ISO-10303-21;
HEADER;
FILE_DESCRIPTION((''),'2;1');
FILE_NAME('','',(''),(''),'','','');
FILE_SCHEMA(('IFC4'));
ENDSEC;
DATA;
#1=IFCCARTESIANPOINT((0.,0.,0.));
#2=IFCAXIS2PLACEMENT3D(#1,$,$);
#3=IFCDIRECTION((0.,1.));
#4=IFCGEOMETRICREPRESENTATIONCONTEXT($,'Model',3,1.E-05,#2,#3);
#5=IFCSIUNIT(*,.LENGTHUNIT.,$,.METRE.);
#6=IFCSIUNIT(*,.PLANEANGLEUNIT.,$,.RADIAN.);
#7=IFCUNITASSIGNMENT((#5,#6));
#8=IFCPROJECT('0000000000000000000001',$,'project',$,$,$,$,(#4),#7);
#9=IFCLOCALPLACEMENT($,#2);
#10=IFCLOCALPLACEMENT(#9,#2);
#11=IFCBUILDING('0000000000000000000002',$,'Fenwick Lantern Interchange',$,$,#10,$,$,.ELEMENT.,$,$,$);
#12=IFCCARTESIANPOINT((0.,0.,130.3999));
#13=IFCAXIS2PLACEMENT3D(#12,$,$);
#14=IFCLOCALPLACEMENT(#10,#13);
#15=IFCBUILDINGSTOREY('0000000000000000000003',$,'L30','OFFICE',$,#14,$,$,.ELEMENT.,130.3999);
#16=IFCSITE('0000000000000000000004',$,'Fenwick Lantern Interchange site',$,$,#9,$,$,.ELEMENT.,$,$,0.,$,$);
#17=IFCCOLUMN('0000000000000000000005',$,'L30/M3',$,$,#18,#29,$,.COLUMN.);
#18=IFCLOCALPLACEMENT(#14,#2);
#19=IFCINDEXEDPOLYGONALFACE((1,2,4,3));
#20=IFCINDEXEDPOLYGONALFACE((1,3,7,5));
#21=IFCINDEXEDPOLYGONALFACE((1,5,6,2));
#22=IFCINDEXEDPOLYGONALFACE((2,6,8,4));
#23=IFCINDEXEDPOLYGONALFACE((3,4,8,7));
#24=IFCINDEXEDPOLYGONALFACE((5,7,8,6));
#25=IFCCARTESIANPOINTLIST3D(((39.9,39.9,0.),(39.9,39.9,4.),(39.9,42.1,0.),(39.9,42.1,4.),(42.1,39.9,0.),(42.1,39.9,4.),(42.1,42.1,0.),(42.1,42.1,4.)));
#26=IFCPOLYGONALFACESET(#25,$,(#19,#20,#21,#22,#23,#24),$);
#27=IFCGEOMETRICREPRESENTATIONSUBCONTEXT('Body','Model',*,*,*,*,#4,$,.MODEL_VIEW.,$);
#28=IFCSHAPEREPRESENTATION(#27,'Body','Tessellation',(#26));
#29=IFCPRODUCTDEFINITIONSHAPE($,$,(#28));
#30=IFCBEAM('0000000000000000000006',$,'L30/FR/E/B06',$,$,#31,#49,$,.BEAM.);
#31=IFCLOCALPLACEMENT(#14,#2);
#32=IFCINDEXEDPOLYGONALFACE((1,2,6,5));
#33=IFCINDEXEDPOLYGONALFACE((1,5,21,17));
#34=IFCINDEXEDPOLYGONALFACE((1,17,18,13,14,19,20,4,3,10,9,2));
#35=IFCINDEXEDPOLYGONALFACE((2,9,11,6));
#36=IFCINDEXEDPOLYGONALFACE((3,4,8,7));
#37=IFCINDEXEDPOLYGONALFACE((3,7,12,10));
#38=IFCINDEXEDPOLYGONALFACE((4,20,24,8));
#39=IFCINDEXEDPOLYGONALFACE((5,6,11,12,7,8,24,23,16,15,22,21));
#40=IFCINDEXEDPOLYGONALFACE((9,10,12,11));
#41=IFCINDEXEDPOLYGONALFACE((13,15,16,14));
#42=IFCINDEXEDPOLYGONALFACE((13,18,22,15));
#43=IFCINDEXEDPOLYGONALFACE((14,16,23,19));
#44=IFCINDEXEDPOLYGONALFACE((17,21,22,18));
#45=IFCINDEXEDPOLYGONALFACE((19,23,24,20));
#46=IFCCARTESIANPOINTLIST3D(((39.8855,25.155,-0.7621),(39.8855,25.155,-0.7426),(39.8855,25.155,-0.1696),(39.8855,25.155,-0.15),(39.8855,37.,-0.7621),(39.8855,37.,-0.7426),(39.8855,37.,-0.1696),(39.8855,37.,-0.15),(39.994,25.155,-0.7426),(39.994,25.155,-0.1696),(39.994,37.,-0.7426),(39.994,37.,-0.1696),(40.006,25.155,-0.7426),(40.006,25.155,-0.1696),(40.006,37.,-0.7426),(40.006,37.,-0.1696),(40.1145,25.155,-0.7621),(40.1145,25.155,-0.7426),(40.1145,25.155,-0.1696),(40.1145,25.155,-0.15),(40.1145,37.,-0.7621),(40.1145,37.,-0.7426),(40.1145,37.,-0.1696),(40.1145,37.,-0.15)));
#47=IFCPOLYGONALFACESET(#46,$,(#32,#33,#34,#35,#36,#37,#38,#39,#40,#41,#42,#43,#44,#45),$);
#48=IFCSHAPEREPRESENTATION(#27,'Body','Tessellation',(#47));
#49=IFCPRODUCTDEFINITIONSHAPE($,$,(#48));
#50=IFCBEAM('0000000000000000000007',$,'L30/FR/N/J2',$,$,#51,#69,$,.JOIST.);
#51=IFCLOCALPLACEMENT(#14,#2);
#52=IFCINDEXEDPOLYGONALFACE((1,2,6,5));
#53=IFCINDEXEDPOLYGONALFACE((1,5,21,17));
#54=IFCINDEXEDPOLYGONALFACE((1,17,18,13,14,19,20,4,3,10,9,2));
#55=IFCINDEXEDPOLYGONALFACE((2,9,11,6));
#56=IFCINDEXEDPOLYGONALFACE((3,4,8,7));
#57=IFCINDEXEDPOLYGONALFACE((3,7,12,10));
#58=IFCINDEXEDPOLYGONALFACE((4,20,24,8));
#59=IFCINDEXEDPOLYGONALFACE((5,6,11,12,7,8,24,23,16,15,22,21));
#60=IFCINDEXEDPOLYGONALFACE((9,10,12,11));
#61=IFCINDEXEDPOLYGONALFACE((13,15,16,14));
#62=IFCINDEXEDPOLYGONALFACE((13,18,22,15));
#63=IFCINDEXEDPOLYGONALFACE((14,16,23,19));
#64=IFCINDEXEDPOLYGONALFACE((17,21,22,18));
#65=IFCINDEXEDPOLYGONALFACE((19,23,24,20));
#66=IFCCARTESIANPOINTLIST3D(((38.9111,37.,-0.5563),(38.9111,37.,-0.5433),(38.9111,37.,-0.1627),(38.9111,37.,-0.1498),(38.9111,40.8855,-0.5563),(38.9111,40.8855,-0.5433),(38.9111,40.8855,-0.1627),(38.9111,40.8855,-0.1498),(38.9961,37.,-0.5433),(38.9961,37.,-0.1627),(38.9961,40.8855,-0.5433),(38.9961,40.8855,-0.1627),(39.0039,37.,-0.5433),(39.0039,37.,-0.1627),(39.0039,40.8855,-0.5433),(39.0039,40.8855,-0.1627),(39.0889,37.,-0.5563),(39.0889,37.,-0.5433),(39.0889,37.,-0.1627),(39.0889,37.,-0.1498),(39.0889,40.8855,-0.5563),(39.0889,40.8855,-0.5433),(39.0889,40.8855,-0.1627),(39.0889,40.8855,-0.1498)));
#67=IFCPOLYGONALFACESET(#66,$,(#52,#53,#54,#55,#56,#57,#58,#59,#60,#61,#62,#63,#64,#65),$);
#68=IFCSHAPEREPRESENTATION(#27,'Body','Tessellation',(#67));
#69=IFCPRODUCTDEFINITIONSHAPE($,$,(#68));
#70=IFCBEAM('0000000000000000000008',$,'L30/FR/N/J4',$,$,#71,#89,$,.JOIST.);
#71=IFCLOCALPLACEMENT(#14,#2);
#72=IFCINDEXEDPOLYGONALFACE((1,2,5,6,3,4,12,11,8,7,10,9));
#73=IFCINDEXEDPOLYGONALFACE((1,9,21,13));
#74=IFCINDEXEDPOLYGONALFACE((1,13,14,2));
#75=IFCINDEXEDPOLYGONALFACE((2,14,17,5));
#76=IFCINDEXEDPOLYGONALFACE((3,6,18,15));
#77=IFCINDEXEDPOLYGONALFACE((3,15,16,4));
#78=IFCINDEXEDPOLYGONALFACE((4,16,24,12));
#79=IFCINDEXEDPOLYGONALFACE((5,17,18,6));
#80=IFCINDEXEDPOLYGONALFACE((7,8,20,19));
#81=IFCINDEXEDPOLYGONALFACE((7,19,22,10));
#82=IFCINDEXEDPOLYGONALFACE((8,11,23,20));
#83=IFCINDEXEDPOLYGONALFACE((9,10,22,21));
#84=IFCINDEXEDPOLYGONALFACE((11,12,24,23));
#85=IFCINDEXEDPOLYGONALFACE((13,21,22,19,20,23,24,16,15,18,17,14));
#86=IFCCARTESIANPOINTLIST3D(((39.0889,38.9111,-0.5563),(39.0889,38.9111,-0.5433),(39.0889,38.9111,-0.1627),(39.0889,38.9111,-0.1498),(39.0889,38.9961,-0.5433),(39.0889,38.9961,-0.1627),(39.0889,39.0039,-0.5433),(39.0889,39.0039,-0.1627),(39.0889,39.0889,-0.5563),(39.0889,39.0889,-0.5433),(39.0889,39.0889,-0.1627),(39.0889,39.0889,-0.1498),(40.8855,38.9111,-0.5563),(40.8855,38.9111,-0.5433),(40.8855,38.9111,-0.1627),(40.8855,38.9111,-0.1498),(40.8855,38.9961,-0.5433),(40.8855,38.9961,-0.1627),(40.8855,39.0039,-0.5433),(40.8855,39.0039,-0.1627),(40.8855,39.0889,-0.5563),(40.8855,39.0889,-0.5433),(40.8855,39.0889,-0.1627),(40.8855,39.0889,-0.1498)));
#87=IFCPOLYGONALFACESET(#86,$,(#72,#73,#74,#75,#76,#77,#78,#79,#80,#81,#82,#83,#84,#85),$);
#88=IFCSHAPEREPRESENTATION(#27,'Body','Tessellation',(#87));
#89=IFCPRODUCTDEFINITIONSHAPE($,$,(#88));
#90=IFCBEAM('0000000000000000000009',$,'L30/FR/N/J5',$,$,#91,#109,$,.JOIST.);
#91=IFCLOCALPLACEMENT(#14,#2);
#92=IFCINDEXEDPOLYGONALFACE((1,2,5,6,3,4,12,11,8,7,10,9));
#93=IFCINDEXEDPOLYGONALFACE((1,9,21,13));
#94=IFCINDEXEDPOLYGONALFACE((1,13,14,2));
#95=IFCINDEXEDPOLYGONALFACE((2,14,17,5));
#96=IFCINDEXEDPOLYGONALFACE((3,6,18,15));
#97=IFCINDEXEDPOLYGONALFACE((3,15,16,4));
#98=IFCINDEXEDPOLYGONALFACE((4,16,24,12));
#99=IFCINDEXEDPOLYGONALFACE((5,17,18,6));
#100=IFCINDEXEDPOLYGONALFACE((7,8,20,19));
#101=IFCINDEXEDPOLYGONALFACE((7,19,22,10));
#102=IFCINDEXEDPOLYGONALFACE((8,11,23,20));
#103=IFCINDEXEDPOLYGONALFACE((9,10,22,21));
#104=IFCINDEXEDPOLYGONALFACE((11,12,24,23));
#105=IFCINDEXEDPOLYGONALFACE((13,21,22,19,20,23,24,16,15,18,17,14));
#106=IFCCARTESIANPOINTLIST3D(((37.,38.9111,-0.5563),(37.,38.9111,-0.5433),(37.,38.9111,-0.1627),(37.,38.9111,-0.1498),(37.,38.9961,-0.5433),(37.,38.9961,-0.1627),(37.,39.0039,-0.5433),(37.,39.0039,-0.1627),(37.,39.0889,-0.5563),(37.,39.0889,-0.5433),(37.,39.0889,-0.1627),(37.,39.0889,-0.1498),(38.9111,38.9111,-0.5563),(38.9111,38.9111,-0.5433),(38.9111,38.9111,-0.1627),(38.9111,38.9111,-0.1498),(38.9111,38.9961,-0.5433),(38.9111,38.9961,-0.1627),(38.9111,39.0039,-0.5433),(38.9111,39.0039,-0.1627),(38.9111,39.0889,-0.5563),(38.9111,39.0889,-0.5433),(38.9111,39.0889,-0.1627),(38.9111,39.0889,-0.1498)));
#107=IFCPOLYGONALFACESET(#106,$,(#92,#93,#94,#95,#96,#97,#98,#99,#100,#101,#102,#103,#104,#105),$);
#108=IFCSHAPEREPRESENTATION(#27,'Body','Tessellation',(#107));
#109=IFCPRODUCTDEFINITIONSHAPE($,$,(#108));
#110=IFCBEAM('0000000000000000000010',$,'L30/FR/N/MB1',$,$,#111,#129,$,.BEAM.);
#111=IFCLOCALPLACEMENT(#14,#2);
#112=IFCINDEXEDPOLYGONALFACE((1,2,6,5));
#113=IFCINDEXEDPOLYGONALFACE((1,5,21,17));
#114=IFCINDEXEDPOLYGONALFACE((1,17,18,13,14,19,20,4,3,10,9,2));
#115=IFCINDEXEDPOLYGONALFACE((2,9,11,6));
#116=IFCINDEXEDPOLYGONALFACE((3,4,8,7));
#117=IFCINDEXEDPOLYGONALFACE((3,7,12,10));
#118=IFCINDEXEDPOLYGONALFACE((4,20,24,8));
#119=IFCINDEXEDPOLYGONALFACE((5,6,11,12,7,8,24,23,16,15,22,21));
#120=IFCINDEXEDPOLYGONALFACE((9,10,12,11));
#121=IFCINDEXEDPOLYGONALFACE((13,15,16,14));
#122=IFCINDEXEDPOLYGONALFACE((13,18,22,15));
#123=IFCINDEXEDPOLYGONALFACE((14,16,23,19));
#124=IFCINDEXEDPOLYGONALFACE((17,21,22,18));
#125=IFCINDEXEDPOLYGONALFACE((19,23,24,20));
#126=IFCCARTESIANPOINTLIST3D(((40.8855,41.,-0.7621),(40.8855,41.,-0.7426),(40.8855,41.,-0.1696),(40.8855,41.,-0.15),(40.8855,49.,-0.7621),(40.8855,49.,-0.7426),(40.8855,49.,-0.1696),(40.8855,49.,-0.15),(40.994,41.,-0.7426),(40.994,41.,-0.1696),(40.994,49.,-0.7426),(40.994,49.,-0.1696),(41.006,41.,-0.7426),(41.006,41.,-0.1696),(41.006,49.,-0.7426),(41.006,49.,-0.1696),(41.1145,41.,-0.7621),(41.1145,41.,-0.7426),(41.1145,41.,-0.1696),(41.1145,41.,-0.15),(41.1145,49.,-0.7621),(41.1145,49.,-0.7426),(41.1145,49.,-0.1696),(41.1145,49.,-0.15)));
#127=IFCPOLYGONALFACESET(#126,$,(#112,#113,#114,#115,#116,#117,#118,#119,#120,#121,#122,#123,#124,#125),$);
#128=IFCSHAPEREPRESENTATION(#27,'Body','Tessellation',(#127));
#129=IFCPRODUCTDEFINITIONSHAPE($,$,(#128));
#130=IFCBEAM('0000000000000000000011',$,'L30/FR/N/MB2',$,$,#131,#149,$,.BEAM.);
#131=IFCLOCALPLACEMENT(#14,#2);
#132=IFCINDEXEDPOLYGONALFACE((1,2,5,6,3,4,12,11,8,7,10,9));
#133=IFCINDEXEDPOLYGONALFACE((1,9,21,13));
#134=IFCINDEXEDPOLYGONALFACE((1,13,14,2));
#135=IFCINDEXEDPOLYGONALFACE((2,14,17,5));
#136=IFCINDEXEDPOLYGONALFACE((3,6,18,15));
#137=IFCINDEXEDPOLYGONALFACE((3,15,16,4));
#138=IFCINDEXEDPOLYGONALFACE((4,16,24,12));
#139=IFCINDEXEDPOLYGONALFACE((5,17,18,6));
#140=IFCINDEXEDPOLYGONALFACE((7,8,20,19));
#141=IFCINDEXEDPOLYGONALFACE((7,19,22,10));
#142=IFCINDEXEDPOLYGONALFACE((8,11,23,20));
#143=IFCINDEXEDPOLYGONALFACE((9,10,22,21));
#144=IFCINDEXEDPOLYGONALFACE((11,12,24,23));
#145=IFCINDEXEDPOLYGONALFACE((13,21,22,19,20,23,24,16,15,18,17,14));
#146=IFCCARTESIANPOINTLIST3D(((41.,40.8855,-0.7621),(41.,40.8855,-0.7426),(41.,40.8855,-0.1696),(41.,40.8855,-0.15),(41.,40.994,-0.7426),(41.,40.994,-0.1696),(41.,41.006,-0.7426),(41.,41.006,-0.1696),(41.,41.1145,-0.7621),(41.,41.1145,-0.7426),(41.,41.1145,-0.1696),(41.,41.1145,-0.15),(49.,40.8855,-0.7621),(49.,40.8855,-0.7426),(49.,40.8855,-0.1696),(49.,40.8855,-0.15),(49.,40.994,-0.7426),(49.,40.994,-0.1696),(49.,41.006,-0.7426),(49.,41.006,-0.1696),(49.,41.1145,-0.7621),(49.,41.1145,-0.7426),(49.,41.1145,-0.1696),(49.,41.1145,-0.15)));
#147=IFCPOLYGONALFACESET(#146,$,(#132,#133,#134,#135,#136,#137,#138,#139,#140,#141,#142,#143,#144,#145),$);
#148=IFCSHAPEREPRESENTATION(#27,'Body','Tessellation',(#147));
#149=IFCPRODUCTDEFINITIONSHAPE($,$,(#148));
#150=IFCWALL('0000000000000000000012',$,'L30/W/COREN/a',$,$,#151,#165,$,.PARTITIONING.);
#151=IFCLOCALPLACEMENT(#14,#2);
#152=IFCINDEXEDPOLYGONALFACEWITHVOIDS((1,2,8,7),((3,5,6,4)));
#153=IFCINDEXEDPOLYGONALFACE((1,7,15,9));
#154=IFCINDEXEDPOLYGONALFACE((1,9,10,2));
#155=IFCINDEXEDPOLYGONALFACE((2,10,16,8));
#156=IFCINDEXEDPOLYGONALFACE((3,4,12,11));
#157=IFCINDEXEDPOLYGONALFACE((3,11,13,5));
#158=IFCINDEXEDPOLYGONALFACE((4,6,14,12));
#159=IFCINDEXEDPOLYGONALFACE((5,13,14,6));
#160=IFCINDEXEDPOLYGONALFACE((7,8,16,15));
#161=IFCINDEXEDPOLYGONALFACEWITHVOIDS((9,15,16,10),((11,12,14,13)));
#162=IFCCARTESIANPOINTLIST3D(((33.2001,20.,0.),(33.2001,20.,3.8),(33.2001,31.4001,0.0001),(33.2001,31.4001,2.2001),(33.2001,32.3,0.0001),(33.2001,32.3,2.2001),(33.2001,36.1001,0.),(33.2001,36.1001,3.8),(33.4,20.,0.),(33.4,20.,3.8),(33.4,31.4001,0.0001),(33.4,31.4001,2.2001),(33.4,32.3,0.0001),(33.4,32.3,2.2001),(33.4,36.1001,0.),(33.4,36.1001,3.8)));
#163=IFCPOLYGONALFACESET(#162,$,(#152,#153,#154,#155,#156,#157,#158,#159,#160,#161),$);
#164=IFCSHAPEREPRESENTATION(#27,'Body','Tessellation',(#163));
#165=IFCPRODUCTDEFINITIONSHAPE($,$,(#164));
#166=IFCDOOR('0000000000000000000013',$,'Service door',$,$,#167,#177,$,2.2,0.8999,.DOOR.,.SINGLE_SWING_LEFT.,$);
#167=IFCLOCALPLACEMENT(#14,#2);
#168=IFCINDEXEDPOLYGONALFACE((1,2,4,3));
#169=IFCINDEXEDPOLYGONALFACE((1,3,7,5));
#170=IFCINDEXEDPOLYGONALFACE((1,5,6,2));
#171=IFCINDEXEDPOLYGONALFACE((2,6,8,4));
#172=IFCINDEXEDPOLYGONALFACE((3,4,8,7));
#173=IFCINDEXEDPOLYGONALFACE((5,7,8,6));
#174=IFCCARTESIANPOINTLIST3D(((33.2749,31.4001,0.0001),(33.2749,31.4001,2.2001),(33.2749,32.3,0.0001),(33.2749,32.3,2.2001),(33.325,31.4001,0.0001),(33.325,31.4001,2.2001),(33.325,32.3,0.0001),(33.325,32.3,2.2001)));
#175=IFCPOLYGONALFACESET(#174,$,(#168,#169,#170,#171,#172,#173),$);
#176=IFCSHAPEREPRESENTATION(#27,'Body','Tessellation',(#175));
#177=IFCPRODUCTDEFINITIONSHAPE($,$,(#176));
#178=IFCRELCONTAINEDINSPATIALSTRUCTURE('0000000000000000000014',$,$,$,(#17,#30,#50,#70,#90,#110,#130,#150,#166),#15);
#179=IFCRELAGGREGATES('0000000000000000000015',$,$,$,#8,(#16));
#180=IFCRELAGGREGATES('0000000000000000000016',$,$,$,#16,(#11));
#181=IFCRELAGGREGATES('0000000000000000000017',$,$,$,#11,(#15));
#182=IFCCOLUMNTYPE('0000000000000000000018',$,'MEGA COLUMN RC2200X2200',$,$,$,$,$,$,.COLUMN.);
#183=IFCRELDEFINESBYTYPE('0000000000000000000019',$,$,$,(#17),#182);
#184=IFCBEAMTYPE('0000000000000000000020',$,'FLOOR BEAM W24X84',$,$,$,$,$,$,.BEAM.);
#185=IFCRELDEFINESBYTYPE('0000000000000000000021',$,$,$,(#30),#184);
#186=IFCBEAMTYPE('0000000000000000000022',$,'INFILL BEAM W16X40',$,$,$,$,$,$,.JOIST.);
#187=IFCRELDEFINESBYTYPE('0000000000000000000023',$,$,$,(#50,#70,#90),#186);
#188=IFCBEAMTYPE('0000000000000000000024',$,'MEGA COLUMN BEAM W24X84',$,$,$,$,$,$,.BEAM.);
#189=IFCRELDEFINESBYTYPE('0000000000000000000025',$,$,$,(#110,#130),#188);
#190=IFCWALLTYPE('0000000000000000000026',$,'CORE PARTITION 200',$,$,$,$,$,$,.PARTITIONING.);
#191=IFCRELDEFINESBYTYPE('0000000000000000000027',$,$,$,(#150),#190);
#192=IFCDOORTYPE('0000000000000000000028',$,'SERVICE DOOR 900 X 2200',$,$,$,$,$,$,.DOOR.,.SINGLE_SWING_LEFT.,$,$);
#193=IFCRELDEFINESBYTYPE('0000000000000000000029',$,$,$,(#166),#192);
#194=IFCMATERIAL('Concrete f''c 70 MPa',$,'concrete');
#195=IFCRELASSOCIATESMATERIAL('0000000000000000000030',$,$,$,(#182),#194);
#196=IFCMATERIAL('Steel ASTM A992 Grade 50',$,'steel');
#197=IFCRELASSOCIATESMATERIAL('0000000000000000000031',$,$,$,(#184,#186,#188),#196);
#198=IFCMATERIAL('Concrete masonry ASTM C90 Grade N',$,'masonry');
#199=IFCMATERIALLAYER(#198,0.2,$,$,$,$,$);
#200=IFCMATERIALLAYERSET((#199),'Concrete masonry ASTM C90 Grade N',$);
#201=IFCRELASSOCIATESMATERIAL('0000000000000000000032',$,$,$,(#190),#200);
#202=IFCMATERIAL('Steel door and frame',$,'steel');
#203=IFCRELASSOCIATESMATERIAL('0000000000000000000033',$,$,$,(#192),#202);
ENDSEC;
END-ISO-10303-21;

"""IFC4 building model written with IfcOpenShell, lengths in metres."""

from ifc_helpers import new_model, si_unit, direction, frame, frame_2d, origin, origin_2d, place, context, subcontext, project, spatial, rectangle, i_section, extrude, material, layer, layer_set, material_profile, profile_set, type_object, element, fill, save


model = new_model("IFC4")

# Units and contexts
model_context = context("Model", 3, precision=1e-05, world=origin(), true_north=direction((0.0, 1.0)))
body_context = subcontext(model_context, "Body", "Model", "MODEL_VIEW")
ifc_project = project(units=[si_unit("LENGTHUNIT", "METRE"), si_unit("PLANEANGLEUNIT", "RADIAN")], contexts=[model_context])

# Site, building, storey
site_placement = place(None, origin())
site = spatial("IfcSite", under=ifc_project, at=site_placement, Name="Fenwick Lantern Interchange site", CompositionType="ELEMENT", RefElevation=0.0)
building_placement = place(site_placement, origin())
building = spatial("IfcBuilding", under=site, at=building_placement, Name="Fenwick Lantern Interchange", CompositionType="ELEMENT")
storey_placement = place(building_placement, frame((0.0, 0.0, 130.3999)))
storey = spatial("IfcBuildingStorey", under=building, at=storey_placement, Name="L30", Description="OFFICE", CompositionType="ELEMENT", Elevation=130.3999)

# Column
ifc_material_1 = material(Name="Concrete f'c 70 MPa", Category="concrete")
ifc_material_profile_1 = material_profile(ifc_material_1, rectangle(XDim=2.2, YDim=2.2, at=origin_2d()), Name="RC2200X2200")
ifc_profile_set_1 = profile_set([ifc_material_profile_1], Name="Concrete f'c 70 MPa")
column_type = type_object("IfcColumnType", Name="MEGA COLUMN RC2200X2200", PredefinedType="COLUMN", material=ifc_profile_set_1)
column_placement = place(storey_placement, frame((41.0, 41.0, 0.0), z_axis=(0.0, 0.0, 1.0), x_axis=(1.0, 0.0, 0.0)))
element("IfcColumn", 1, at=column_placement, inside=storey, type_object=column_type, Name="L30/M3", PredefinedType="COLUMN", context=body_context, shape_type="SweptSolid", body=[
    extrude(rectangle(XDim=2.2, YDim=2.2, at=origin_2d()), origin(), (0.0, 0.0, 1.0), 4.0),
])

# Beams
ifc_material_2 = material(Name="Steel ASTM A992 Grade 50", Category="steel")
ifc_material_profile_2 = material_profile(ifc_material_2, i_section(OverallWidth=0.229, OverallDepth=0.6121, WebThickness=0.012, FlangeThickness=0.0195, at=origin_2d()), Name="W24X84")
ifc_profile_set_2 = profile_set([ifc_material_profile_2], Name="Steel ASTM A992 Grade 50")
beam_type_1 = type_object("IfcBeamType", Name="FLOOR BEAM W24X84", PredefinedType="BEAM", material=ifc_profile_set_2)
beam_1_placement = place(storey_placement, frame((40.0, 25.155, -0.4561), z_axis=(0.0, 1.0, 0.0), x_axis=(-1.0, 0.0, 0.0)))
element("IfcBeam", 2, at=beam_1_placement, inside=storey, type_object=beam_type_1, Name="L30/FR/E/B06", PredefinedType="BEAM", context=body_context, shape_type="SweptSolid", body=[
    extrude(i_section(OverallWidth=0.229, OverallDepth=0.6121, WebThickness=0.012, FlangeThickness=0.0195, at=origin_2d()), origin(), (0.0, 0.0, 1.0), 11.845),
])
ifc_material_profile_3 = material_profile(ifc_material_2, i_section(OverallWidth=0.1777, OverallDepth=0.4065, WebThickness=0.0078, FlangeThickness=0.0129, at=origin_2d()), Name="W16X40")
ifc_profile_set_3 = profile_set([ifc_material_profile_3], Name="Steel ASTM A992 Grade 50")
beam_type_2 = type_object("IfcBeamType", Name="INFILL BEAM W16X40", PredefinedType="JOIST", material=ifc_profile_set_3)
beam_2_placement = place(storey_placement, frame((39.0, 40.8855, -0.353), z_axis=(0.0, -1.0, 0.0), x_axis=(1.0, 0.0, 0.0)))
element("IfcBeam", 3, at=beam_2_placement, inside=storey, type_object=beam_type_2, Name="L30/FR/N/J2", PredefinedType="JOIST", context=body_context, shape_type="SweptSolid", body=[
    extrude(i_section(OverallWidth=0.1777, OverallDepth=0.4065, WebThickness=0.0078, FlangeThickness=0.0129, at=origin_2d()), origin(), (0.0, 0.0, 1.0), 3.8855),
])
beam_3_placement = place(storey_placement, frame((40.8855, 39.0, -0.353), z_axis=(-1.0, 0.0, 0.0), x_axis=(0.0, -1.0, 0.0)))
element("IfcBeam", 4, at=beam_3_placement, inside=storey, type_object=beam_type_2, Name="L30/FR/N/J4", PredefinedType="JOIST", context=body_context, shape_type="SweptSolid", body=[
    extrude(i_section(OverallWidth=0.1777, OverallDepth=0.4065, WebThickness=0.0078, FlangeThickness=0.0129, at=origin_2d()), origin(), (0.0, 0.0, 1.0), 1.7966),
])
beam_4_placement = place(storey_placement, frame((38.9111, 39.0, -0.353), z_axis=(-1.0, 0.0, 0.0), x_axis=(0.0, -1.0, 0.0)))
element("IfcBeam", 5, at=beam_4_placement, inside=storey, type_object=beam_type_2, Name="L30/FR/N/J5", PredefinedType="JOIST", context=body_context, shape_type="SweptSolid", body=[
    extrude(i_section(OverallWidth=0.1777, OverallDepth=0.4065, WebThickness=0.0078, FlangeThickness=0.0129, at=origin_2d()), origin(), (0.0, 0.0, 1.0), 1.9111),
])
ifc_material_profile_4 = material_profile(ifc_material_2, i_section(OverallWidth=0.229, OverallDepth=0.6121, WebThickness=0.012, FlangeThickness=0.0195, at=origin_2d()), Name="W24X84")
ifc_profile_set_4 = profile_set([ifc_material_profile_4], Name="Steel ASTM A992 Grade 50")
beam_type_3 = type_object("IfcBeamType", Name="MEGA COLUMN BEAM W24X84", PredefinedType="BEAM", material=ifc_profile_set_4)
for number, where, z_axis, x_axis, name in (
    (6, (41.0, 41.0, -0.4561), (0.0, 1.0, 0.0), (-1.0, 0.0, 0.0), "L30/FR/N/MB1"),
    (7, (41.0, 41.0, -0.4561), (1.0, 0.0, 0.0), (0.0, 1.0, 0.0), "L30/FR/N/MB2"),
):
    element("IfcBeam", number, at=place(storey_placement, frame(where, z_axis=z_axis, x_axis=x_axis)), inside=storey, type_object=beam_type_3, Name=name, PredefinedType="BEAM", context=body_context, shape_type="SweptSolid", body=[
        extrude(i_section(OverallWidth=0.229, OverallDepth=0.6121, WebThickness=0.012, FlangeThickness=0.0195, at=origin_2d()), origin(), (0.0, 0.0, 1.0), 8.0),
    ])

# Wall, opening, door
ifc_material_3 = material(Name="Concrete masonry ASTM C90 Grade N", Category="masonry")
ifc_layer_1 = layer(ifc_material_3, 0.2)
ifc_layer_set_1 = layer_set([ifc_layer_1], Name="Concrete masonry ASTM C90 Grade N")
wall_type_1 = type_object("IfcWallType", Name="CORE PARTITION 200", PredefinedType="PARTITIONING", material=ifc_layer_set_1)
wall_1_placement = place(storey_placement, frame((33.3, 36.1001, 0.0), z_axis=(0.0, 0.0, 1.0), x_axis=(0.0, -1.0, 0.0)))
wall_1 = element("IfcWall", 8, at=wall_1_placement, inside=storey, type_object=wall_type_1, Name="L30/W/COREN/a", PredefinedType="PARTITIONING", context=body_context, shape_type="SweptSolid", body=[
    extrude(rectangle(XDim=16.1001, YDim=0.2, at=frame_2d((8.05, 0.0))), origin(), (0.0, 0.0, 1.0), 3.8),
])
opening_1_placement = place(wall_1_placement, frame((3.8, 0.0, 0.0)))
opening_1 = element("IfcOpeningElement", 9, at=opening_1_placement, cuts=wall_1, PredefinedType="OPENING", context=body_context, shape_type="SweptSolid", body=[
    extrude(rectangle(XDim=0.8999, YDim=2.2, at=frame_2d((0.45, 1.1001))), frame((0.0, 0.1099, 0.0), z_axis=(0.0, -1.0, 0.0), x_axis=(1.0, 0.0, 0.0)), (0.0, 0.0, 1.0), 0.22),
])
ifc_material_4 = material(Name="Steel door and frame", Category="steel")
door_type_1 = type_object("IfcDoorType", Name="SERVICE DOOR 900 X 2200", OperationType="SINGLE_SWING_LEFT", PredefinedType="DOOR", material=ifc_material_4)
door_1_placement = place(opening_1_placement, origin())
door_1 = element("IfcDoor", 10, at=door_1_placement, inside=storey, type_object=door_type_1, Name="Service door", OperationType="SINGLE_SWING_LEFT", OverallHeight=2.2, OverallWidth=0.8999, PredefinedType="DOOR", context=body_context, shape_type="SweptSolid", body=[
    extrude(rectangle(XDim=0.8999, YDim=2.2, at=frame_2d((0.45, 1.1001))), frame((0.0, 0.0249, 0.0), z_axis=(0.0, -1.0, 0.0), x_axis=(1.0, 0.0, 0.0)), (0.0, 0.0, 1.0), 0.05),
])
fill(opening_1, door_1)

save(model, "model.ifc")
